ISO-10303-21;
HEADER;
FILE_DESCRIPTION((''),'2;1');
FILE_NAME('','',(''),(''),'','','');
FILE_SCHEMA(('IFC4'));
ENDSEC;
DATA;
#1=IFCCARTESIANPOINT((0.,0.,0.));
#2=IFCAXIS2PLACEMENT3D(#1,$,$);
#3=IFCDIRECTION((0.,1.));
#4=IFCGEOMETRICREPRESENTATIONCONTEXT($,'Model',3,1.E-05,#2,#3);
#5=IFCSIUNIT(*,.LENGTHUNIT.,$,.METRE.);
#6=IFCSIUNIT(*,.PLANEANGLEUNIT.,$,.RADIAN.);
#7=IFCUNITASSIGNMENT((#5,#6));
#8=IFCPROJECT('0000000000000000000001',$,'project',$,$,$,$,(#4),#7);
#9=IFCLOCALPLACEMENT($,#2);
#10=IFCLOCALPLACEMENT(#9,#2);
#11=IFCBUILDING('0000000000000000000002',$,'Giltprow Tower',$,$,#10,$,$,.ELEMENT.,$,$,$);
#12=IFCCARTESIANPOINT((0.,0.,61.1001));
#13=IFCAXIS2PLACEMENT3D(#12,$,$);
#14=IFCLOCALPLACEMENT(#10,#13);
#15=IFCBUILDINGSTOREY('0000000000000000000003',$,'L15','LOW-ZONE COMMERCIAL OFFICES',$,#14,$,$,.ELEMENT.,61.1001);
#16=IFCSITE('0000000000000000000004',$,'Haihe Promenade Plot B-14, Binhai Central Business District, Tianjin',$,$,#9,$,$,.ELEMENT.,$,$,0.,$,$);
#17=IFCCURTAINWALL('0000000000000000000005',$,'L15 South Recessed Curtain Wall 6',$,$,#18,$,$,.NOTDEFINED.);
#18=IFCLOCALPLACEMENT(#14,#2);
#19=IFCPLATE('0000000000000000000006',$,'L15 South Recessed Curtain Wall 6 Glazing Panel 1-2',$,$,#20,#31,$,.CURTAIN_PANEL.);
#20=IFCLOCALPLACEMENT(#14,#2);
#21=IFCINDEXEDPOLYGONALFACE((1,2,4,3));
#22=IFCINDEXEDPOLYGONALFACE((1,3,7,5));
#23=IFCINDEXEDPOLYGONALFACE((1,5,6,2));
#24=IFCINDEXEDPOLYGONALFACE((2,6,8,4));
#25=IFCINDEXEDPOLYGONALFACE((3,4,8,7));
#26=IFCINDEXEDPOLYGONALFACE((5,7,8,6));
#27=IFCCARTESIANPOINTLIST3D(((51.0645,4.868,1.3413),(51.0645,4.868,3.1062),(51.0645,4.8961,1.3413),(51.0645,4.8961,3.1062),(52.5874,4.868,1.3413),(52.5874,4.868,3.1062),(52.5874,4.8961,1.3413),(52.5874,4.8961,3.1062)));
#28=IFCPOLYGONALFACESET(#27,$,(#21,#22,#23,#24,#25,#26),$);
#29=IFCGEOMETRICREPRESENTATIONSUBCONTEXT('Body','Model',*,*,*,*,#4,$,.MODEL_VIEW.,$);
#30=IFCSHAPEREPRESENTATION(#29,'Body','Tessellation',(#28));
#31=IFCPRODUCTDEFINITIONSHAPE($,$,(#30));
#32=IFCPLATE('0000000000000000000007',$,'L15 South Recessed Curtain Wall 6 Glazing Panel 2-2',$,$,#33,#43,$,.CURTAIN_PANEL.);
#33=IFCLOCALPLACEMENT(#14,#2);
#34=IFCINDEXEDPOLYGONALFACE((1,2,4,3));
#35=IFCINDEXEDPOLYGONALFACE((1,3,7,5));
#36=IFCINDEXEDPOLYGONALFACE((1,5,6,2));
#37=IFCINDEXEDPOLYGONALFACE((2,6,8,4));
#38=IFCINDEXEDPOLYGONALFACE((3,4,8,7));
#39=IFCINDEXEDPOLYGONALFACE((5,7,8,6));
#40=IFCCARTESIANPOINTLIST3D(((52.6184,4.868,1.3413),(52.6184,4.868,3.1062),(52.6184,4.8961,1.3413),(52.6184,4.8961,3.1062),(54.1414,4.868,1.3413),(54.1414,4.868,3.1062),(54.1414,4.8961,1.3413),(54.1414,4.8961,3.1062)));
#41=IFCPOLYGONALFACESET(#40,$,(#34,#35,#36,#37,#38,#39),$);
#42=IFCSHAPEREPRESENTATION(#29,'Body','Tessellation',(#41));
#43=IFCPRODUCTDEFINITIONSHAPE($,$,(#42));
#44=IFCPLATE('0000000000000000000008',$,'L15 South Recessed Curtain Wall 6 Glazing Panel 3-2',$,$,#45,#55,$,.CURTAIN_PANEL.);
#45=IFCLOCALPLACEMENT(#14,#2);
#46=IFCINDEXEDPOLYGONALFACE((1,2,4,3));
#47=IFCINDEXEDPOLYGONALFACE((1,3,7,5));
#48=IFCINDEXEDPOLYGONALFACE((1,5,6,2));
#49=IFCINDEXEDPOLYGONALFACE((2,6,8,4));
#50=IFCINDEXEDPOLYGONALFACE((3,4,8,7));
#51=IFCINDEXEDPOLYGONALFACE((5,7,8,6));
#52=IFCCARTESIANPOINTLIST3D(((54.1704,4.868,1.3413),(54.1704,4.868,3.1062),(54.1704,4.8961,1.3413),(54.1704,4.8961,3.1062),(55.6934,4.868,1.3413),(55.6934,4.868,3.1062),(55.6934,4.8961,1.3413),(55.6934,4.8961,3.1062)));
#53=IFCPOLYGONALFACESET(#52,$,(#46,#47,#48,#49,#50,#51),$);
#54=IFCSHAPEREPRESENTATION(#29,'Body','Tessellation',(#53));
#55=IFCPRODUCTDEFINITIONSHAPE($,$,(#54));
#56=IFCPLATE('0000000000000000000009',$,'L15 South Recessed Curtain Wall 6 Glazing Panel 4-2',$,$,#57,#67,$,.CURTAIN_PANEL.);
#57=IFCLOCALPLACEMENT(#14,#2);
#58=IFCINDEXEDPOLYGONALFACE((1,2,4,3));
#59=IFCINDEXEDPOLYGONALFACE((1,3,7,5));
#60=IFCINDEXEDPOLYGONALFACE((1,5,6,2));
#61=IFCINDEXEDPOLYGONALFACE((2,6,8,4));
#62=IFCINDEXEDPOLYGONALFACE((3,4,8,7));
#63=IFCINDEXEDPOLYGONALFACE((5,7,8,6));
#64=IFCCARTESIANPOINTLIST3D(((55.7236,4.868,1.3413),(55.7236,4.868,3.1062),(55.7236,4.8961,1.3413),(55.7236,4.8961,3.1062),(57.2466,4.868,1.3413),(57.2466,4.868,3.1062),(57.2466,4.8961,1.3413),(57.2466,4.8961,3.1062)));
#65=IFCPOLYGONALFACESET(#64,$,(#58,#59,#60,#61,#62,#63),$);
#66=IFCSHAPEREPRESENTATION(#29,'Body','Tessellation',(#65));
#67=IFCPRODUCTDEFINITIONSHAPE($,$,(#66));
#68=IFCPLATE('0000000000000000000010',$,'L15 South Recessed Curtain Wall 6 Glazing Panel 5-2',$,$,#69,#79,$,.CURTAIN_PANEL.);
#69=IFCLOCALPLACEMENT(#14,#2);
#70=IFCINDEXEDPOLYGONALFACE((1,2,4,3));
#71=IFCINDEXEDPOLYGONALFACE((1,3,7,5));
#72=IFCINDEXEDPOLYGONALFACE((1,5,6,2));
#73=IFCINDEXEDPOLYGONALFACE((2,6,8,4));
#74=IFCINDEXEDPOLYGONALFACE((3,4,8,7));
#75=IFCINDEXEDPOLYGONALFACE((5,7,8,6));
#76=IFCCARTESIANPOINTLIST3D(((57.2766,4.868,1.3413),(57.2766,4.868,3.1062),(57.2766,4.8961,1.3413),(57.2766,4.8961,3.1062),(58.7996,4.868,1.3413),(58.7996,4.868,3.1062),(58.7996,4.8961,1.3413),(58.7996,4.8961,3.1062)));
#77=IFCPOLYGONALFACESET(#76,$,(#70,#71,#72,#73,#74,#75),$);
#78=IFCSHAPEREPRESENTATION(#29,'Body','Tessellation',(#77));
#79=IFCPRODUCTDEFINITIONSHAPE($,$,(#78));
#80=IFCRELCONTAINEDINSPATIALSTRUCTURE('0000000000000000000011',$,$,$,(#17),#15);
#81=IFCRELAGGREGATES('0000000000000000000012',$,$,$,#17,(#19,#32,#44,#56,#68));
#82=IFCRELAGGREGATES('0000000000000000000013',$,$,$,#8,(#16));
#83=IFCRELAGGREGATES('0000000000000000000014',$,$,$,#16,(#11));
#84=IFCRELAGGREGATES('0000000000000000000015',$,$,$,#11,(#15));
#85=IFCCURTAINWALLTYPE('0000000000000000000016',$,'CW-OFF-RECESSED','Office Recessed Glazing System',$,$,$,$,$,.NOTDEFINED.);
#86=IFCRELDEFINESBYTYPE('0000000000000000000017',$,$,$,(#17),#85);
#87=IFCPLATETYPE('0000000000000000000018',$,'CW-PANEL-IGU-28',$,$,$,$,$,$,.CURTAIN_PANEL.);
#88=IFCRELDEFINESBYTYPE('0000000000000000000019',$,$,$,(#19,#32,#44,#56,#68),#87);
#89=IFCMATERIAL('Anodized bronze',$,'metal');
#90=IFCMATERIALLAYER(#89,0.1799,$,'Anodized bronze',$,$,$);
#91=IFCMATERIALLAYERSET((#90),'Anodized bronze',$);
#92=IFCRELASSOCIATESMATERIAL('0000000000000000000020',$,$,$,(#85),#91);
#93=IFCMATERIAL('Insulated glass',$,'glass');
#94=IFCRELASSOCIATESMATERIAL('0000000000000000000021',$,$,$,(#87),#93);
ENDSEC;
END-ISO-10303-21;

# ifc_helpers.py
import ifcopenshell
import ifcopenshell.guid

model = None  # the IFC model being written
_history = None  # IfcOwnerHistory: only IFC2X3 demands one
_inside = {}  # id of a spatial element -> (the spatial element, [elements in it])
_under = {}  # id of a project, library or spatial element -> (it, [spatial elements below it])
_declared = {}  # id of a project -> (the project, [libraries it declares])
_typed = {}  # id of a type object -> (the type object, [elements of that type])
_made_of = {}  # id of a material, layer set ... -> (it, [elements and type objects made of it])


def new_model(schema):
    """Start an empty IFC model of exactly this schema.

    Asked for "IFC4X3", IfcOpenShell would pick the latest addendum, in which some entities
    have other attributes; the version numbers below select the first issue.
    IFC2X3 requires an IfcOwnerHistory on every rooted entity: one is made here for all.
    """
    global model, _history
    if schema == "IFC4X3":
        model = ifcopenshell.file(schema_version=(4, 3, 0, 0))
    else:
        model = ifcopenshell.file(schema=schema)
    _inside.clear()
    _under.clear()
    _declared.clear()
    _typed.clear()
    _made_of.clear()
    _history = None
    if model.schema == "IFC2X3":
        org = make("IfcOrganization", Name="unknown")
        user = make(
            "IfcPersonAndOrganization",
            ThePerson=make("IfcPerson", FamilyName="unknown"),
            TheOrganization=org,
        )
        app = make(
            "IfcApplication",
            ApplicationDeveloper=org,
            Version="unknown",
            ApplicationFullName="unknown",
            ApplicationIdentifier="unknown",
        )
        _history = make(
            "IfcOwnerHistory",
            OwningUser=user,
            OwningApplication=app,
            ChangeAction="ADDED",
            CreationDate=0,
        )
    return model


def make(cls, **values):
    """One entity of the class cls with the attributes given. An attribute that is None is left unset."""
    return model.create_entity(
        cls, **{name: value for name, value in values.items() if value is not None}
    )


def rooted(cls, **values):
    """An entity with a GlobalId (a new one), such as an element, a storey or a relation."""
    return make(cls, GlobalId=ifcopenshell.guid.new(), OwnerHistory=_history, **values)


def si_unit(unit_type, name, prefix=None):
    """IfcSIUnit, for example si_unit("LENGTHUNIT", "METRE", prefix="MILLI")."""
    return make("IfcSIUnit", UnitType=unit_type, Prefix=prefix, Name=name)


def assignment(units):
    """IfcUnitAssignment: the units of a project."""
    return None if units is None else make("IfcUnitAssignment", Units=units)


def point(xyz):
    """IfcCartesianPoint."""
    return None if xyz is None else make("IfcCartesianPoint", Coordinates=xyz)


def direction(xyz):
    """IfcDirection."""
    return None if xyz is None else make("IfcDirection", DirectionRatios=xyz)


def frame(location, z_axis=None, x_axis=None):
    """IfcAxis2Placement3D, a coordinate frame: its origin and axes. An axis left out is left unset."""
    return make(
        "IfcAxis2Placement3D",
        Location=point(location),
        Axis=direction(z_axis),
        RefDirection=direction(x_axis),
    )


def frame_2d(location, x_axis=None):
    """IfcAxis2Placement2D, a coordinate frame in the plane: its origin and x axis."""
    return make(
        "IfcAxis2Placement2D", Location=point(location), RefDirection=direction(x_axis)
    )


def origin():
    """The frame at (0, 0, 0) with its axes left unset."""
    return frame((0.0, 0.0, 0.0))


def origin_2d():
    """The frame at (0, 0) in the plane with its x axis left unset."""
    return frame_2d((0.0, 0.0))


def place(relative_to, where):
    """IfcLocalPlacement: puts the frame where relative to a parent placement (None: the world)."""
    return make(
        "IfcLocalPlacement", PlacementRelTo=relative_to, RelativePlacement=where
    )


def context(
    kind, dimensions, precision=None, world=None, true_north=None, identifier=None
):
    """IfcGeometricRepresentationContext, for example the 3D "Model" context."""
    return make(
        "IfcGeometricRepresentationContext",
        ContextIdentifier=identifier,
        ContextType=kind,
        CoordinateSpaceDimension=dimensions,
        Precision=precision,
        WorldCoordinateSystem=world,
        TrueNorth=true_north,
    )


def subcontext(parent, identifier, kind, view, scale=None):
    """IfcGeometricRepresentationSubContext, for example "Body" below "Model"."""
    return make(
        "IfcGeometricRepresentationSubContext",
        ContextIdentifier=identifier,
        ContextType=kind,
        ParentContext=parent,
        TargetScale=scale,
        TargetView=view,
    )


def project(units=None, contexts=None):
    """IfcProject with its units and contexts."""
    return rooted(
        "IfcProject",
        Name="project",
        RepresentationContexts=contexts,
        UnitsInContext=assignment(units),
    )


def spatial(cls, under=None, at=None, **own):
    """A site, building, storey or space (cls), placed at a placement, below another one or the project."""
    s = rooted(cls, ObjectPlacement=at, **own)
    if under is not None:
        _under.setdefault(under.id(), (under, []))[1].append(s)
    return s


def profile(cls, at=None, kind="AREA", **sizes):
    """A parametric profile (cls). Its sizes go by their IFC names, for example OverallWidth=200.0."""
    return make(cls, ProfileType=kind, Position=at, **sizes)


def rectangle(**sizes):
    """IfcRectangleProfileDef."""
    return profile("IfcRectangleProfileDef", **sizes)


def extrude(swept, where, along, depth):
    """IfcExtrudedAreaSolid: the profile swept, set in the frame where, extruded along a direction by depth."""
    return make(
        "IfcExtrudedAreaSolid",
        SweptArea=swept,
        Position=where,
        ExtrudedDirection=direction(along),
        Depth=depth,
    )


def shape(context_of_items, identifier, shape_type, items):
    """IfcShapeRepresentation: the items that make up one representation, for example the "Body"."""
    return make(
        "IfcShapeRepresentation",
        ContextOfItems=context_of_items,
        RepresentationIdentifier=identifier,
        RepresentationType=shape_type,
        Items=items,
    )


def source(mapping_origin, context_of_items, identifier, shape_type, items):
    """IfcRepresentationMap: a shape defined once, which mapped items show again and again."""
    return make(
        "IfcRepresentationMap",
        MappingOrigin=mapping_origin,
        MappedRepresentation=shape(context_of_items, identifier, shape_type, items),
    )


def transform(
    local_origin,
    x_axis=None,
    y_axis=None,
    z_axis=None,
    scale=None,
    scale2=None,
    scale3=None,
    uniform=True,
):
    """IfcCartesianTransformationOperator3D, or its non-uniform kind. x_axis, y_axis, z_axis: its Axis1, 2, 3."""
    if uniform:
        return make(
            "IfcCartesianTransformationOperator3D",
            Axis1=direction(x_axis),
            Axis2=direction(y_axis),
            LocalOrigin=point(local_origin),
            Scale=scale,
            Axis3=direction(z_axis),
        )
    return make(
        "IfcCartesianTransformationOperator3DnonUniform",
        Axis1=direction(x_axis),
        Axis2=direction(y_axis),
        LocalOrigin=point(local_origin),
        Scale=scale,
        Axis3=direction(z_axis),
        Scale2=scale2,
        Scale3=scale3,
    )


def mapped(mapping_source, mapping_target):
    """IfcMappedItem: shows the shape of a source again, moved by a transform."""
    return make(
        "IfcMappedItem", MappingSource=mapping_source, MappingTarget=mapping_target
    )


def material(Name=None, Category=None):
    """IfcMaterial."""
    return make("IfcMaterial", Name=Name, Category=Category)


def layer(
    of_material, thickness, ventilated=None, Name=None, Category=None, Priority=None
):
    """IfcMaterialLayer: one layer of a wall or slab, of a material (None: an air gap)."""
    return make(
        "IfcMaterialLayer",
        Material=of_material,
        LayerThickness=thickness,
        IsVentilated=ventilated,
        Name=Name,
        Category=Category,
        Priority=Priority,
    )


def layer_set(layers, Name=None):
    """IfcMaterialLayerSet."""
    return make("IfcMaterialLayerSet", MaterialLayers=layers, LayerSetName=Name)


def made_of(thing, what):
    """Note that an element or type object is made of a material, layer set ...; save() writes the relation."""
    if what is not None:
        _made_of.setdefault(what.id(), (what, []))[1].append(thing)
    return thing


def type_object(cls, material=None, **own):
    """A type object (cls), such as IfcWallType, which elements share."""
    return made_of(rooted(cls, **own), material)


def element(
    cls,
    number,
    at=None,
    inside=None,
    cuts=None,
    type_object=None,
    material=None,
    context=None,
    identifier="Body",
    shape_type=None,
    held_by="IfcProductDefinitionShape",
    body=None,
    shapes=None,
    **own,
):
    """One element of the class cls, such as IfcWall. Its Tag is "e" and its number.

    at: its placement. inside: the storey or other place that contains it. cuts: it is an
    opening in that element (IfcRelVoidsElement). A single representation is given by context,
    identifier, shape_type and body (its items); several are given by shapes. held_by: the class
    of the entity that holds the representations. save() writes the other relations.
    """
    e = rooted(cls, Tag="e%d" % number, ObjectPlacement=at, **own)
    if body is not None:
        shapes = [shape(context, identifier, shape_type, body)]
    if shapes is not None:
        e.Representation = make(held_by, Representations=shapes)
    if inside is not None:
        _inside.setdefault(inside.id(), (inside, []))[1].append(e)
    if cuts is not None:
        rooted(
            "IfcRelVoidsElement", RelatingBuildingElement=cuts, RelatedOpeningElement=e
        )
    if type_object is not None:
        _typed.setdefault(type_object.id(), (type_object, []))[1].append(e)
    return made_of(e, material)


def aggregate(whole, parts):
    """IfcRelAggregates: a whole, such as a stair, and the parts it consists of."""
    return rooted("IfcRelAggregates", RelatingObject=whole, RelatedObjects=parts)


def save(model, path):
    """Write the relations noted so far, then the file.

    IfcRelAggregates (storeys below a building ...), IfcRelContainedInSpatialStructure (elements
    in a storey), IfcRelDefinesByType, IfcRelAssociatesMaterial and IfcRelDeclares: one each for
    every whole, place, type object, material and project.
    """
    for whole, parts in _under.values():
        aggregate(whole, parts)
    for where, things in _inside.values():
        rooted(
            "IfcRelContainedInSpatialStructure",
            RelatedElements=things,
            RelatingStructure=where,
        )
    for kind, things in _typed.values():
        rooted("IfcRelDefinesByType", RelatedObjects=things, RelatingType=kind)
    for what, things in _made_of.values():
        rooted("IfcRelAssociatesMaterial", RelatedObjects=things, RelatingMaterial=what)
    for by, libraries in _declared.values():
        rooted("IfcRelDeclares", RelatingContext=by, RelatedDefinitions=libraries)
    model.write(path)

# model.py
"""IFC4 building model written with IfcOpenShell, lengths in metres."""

from ifc_helpers import new_model, si_unit, direction, frame, origin, origin_2d, place, context, subcontext, project, spatial, rectangle, extrude, source, transform, mapped, material, layer, layer_set, type_object, element, aggregate, save


model = new_model("IFC4")

# Units and contexts
model_context = context("Model", 3, precision=1e-05, world=origin(), true_north=direction((0.0, 1.0)))
body_context = subcontext(model_context, "Body", "Model", "MODEL_VIEW")
ifc_project = project(units=[si_unit("LENGTHUNIT", "METRE"), si_unit("PLANEANGLEUNIT", "RADIAN")], contexts=[model_context])

# Site, building, storey
site_placement = place(None, origin())
site = spatial("IfcSite", under=ifc_project, at=site_placement, Name="Haihe Promenade Plot B-14, Binhai Central Business District, Tianjin", CompositionType="ELEMENT", RefElevation=0.0)
building_placement = place(site_placement, origin())
building = spatial("IfcBuilding", under=site, at=building_placement, Name="Giltprow Tower", CompositionType="ELEMENT")
storey_placement = place(building_placement, frame((0.0, 0.0, 61.1001)))
storey = spatial("IfcBuildingStorey", under=building, at=storey_placement, Name="L15", Description="LOW-ZONE COMMERCIAL OFFICES", CompositionType="ELEMENT", Elevation=61.1001)

# Curtain wall, plates
ifc_material_1 = material(Name="Anodized bronze", Category="metal")
ifc_layer = layer(ifc_material_1, 0.1799, Name="Anodized bronze")
ifc_layer_set = layer_set([ifc_layer], Name="Anodized bronze")
curtain_wall_type = type_object("IfcCurtainWallType", Name="CW-OFF-RECESSED", Description="Office Recessed Glazing System", PredefinedType="NOTDEFINED", material=ifc_layer_set)
curtain_wall_placement = place(storey_placement, origin())
curtain_wall = element("IfcCurtainWall", 1, at=curtain_wall_placement, inside=storey, type_object=curtain_wall_type, Name="L15 South Recessed Curtain Wall 6", PredefinedType="NOTDEFINED")
ifc_material_2 = material(Name="Insulated glass", Category="glass")
plate_type = type_object("IfcPlateType", Name="CW-PANEL-IGU-28", PredefinedType="CURTAIN_PANEL", material=ifc_material_2)
shared_shape_1 = source(origin(), body_context, "Body", "SweptSolid", [
    extrude(rectangle(XDim=1.5229, YDim=0.0281, at=origin_2d()), origin(), (0.0, 0.0, 1.0), 1.7649),
])
plate_1_placement = place(storey_placement, frame((51.8259, 4.8821, 1.3413), z_axis=(0.0, 0.0, 1.0), x_axis=(1.0, 0.0, 0.0)))
plate_1 = element("IfcPlate", 2, at=plate_1_placement, type_object=plate_type, Name="L15 South Recessed Curtain Wall 6 Glazing Panel 1-2", PredefinedType="CURTAIN_PANEL", context=body_context, shape_type="MappedRepresentation", body=[
    mapped(shared_shape_1, transform((0.0, 0.0, 0.0), x_axis=(1.0, 0.0, 0.0), y_axis=(0.0, 1.0, 0.0), z_axis=(0.0, 0.0, 1.0), scale=1.0)),
])
plate_2_placement = place(storey_placement, frame((53.3799, 4.8821, 1.3413), z_axis=(0.0, 0.0, 1.0), x_axis=(1.0, 0.0, 0.0)))
plate_2 = element("IfcPlate", 3, at=plate_2_placement, type_object=plate_type, Name="L15 South Recessed Curtain Wall 6 Glazing Panel 2-2", PredefinedType="CURTAIN_PANEL", context=body_context, shape_type="MappedRepresentation", body=[
    mapped(shared_shape_1, transform((0.0, 0.0, 0.0), x_axis=(1.0, 0.0, 0.0), y_axis=(0.0, 1.0, 0.0), z_axis=(0.0, 0.0, 1.0), scale=1.0)),
])
plate_3_placement = place(storey_placement, frame((54.9319, 4.8821, 1.3413), z_axis=(0.0, 0.0, 1.0), x_axis=(1.0, 0.0, 0.0)))
plate_3 = element("IfcPlate", 4, at=plate_3_placement, type_object=plate_type, Name="L15 South Recessed Curtain Wall 6 Glazing Panel 3-2", PredefinedType="CURTAIN_PANEL", context=body_context, shape_type="MappedRepresentation", body=[
    mapped(shared_shape_1, transform((0.0, 0.0, 0.0), x_axis=(1.0, 0.0, 0.0), y_axis=(0.0, 1.0, 0.0), z_axis=(0.0, 0.0, 1.0), scale=1.0)),
])
plate_4_placement = place(storey_placement, frame((56.4851, 4.8821, 1.3413), z_axis=(0.0, 0.0, 1.0), x_axis=(1.0, 0.0, 0.0)))
plate_4 = element("IfcPlate", 5, at=plate_4_placement, type_object=plate_type, Name="L15 South Recessed Curtain Wall 6 Glazing Panel 4-2", PredefinedType="CURTAIN_PANEL", context=body_context, shape_type="MappedRepresentation", body=[
    mapped(shared_shape_1, transform((0.0, 0.0, 0.0), x_axis=(1.0, 0.0, 0.0), y_axis=(0.0, 1.0, 0.0), z_axis=(0.0, 0.0, 1.0), scale=1.0)),
])
plate_5_placement = place(storey_placement, frame((58.0381, 4.8821, 1.3413), z_axis=(0.0, 0.0, 1.0), x_axis=(1.0, 0.0, 0.0)))
plate_5 = element("IfcPlate", 6, at=plate_5_placement, type_object=plate_type, Name="L15 South Recessed Curtain Wall 6 Glazing Panel 5-2", PredefinedType="CURTAIN_PANEL", context=body_context, shape_type="MappedRepresentation", body=[
    mapped(shared_shape_1, transform((0.0, 0.0, 0.0), x_axis=(1.0, 0.0, 0.0), y_axis=(0.0, 1.0, 0.0), z_axis=(0.0, 0.0, 1.0), scale=1.0)),
])
aggregate(curtain_wall, [plate_1, plate_2, plate_3, plate_4, plate_5])

save(model, "model.ifc")
